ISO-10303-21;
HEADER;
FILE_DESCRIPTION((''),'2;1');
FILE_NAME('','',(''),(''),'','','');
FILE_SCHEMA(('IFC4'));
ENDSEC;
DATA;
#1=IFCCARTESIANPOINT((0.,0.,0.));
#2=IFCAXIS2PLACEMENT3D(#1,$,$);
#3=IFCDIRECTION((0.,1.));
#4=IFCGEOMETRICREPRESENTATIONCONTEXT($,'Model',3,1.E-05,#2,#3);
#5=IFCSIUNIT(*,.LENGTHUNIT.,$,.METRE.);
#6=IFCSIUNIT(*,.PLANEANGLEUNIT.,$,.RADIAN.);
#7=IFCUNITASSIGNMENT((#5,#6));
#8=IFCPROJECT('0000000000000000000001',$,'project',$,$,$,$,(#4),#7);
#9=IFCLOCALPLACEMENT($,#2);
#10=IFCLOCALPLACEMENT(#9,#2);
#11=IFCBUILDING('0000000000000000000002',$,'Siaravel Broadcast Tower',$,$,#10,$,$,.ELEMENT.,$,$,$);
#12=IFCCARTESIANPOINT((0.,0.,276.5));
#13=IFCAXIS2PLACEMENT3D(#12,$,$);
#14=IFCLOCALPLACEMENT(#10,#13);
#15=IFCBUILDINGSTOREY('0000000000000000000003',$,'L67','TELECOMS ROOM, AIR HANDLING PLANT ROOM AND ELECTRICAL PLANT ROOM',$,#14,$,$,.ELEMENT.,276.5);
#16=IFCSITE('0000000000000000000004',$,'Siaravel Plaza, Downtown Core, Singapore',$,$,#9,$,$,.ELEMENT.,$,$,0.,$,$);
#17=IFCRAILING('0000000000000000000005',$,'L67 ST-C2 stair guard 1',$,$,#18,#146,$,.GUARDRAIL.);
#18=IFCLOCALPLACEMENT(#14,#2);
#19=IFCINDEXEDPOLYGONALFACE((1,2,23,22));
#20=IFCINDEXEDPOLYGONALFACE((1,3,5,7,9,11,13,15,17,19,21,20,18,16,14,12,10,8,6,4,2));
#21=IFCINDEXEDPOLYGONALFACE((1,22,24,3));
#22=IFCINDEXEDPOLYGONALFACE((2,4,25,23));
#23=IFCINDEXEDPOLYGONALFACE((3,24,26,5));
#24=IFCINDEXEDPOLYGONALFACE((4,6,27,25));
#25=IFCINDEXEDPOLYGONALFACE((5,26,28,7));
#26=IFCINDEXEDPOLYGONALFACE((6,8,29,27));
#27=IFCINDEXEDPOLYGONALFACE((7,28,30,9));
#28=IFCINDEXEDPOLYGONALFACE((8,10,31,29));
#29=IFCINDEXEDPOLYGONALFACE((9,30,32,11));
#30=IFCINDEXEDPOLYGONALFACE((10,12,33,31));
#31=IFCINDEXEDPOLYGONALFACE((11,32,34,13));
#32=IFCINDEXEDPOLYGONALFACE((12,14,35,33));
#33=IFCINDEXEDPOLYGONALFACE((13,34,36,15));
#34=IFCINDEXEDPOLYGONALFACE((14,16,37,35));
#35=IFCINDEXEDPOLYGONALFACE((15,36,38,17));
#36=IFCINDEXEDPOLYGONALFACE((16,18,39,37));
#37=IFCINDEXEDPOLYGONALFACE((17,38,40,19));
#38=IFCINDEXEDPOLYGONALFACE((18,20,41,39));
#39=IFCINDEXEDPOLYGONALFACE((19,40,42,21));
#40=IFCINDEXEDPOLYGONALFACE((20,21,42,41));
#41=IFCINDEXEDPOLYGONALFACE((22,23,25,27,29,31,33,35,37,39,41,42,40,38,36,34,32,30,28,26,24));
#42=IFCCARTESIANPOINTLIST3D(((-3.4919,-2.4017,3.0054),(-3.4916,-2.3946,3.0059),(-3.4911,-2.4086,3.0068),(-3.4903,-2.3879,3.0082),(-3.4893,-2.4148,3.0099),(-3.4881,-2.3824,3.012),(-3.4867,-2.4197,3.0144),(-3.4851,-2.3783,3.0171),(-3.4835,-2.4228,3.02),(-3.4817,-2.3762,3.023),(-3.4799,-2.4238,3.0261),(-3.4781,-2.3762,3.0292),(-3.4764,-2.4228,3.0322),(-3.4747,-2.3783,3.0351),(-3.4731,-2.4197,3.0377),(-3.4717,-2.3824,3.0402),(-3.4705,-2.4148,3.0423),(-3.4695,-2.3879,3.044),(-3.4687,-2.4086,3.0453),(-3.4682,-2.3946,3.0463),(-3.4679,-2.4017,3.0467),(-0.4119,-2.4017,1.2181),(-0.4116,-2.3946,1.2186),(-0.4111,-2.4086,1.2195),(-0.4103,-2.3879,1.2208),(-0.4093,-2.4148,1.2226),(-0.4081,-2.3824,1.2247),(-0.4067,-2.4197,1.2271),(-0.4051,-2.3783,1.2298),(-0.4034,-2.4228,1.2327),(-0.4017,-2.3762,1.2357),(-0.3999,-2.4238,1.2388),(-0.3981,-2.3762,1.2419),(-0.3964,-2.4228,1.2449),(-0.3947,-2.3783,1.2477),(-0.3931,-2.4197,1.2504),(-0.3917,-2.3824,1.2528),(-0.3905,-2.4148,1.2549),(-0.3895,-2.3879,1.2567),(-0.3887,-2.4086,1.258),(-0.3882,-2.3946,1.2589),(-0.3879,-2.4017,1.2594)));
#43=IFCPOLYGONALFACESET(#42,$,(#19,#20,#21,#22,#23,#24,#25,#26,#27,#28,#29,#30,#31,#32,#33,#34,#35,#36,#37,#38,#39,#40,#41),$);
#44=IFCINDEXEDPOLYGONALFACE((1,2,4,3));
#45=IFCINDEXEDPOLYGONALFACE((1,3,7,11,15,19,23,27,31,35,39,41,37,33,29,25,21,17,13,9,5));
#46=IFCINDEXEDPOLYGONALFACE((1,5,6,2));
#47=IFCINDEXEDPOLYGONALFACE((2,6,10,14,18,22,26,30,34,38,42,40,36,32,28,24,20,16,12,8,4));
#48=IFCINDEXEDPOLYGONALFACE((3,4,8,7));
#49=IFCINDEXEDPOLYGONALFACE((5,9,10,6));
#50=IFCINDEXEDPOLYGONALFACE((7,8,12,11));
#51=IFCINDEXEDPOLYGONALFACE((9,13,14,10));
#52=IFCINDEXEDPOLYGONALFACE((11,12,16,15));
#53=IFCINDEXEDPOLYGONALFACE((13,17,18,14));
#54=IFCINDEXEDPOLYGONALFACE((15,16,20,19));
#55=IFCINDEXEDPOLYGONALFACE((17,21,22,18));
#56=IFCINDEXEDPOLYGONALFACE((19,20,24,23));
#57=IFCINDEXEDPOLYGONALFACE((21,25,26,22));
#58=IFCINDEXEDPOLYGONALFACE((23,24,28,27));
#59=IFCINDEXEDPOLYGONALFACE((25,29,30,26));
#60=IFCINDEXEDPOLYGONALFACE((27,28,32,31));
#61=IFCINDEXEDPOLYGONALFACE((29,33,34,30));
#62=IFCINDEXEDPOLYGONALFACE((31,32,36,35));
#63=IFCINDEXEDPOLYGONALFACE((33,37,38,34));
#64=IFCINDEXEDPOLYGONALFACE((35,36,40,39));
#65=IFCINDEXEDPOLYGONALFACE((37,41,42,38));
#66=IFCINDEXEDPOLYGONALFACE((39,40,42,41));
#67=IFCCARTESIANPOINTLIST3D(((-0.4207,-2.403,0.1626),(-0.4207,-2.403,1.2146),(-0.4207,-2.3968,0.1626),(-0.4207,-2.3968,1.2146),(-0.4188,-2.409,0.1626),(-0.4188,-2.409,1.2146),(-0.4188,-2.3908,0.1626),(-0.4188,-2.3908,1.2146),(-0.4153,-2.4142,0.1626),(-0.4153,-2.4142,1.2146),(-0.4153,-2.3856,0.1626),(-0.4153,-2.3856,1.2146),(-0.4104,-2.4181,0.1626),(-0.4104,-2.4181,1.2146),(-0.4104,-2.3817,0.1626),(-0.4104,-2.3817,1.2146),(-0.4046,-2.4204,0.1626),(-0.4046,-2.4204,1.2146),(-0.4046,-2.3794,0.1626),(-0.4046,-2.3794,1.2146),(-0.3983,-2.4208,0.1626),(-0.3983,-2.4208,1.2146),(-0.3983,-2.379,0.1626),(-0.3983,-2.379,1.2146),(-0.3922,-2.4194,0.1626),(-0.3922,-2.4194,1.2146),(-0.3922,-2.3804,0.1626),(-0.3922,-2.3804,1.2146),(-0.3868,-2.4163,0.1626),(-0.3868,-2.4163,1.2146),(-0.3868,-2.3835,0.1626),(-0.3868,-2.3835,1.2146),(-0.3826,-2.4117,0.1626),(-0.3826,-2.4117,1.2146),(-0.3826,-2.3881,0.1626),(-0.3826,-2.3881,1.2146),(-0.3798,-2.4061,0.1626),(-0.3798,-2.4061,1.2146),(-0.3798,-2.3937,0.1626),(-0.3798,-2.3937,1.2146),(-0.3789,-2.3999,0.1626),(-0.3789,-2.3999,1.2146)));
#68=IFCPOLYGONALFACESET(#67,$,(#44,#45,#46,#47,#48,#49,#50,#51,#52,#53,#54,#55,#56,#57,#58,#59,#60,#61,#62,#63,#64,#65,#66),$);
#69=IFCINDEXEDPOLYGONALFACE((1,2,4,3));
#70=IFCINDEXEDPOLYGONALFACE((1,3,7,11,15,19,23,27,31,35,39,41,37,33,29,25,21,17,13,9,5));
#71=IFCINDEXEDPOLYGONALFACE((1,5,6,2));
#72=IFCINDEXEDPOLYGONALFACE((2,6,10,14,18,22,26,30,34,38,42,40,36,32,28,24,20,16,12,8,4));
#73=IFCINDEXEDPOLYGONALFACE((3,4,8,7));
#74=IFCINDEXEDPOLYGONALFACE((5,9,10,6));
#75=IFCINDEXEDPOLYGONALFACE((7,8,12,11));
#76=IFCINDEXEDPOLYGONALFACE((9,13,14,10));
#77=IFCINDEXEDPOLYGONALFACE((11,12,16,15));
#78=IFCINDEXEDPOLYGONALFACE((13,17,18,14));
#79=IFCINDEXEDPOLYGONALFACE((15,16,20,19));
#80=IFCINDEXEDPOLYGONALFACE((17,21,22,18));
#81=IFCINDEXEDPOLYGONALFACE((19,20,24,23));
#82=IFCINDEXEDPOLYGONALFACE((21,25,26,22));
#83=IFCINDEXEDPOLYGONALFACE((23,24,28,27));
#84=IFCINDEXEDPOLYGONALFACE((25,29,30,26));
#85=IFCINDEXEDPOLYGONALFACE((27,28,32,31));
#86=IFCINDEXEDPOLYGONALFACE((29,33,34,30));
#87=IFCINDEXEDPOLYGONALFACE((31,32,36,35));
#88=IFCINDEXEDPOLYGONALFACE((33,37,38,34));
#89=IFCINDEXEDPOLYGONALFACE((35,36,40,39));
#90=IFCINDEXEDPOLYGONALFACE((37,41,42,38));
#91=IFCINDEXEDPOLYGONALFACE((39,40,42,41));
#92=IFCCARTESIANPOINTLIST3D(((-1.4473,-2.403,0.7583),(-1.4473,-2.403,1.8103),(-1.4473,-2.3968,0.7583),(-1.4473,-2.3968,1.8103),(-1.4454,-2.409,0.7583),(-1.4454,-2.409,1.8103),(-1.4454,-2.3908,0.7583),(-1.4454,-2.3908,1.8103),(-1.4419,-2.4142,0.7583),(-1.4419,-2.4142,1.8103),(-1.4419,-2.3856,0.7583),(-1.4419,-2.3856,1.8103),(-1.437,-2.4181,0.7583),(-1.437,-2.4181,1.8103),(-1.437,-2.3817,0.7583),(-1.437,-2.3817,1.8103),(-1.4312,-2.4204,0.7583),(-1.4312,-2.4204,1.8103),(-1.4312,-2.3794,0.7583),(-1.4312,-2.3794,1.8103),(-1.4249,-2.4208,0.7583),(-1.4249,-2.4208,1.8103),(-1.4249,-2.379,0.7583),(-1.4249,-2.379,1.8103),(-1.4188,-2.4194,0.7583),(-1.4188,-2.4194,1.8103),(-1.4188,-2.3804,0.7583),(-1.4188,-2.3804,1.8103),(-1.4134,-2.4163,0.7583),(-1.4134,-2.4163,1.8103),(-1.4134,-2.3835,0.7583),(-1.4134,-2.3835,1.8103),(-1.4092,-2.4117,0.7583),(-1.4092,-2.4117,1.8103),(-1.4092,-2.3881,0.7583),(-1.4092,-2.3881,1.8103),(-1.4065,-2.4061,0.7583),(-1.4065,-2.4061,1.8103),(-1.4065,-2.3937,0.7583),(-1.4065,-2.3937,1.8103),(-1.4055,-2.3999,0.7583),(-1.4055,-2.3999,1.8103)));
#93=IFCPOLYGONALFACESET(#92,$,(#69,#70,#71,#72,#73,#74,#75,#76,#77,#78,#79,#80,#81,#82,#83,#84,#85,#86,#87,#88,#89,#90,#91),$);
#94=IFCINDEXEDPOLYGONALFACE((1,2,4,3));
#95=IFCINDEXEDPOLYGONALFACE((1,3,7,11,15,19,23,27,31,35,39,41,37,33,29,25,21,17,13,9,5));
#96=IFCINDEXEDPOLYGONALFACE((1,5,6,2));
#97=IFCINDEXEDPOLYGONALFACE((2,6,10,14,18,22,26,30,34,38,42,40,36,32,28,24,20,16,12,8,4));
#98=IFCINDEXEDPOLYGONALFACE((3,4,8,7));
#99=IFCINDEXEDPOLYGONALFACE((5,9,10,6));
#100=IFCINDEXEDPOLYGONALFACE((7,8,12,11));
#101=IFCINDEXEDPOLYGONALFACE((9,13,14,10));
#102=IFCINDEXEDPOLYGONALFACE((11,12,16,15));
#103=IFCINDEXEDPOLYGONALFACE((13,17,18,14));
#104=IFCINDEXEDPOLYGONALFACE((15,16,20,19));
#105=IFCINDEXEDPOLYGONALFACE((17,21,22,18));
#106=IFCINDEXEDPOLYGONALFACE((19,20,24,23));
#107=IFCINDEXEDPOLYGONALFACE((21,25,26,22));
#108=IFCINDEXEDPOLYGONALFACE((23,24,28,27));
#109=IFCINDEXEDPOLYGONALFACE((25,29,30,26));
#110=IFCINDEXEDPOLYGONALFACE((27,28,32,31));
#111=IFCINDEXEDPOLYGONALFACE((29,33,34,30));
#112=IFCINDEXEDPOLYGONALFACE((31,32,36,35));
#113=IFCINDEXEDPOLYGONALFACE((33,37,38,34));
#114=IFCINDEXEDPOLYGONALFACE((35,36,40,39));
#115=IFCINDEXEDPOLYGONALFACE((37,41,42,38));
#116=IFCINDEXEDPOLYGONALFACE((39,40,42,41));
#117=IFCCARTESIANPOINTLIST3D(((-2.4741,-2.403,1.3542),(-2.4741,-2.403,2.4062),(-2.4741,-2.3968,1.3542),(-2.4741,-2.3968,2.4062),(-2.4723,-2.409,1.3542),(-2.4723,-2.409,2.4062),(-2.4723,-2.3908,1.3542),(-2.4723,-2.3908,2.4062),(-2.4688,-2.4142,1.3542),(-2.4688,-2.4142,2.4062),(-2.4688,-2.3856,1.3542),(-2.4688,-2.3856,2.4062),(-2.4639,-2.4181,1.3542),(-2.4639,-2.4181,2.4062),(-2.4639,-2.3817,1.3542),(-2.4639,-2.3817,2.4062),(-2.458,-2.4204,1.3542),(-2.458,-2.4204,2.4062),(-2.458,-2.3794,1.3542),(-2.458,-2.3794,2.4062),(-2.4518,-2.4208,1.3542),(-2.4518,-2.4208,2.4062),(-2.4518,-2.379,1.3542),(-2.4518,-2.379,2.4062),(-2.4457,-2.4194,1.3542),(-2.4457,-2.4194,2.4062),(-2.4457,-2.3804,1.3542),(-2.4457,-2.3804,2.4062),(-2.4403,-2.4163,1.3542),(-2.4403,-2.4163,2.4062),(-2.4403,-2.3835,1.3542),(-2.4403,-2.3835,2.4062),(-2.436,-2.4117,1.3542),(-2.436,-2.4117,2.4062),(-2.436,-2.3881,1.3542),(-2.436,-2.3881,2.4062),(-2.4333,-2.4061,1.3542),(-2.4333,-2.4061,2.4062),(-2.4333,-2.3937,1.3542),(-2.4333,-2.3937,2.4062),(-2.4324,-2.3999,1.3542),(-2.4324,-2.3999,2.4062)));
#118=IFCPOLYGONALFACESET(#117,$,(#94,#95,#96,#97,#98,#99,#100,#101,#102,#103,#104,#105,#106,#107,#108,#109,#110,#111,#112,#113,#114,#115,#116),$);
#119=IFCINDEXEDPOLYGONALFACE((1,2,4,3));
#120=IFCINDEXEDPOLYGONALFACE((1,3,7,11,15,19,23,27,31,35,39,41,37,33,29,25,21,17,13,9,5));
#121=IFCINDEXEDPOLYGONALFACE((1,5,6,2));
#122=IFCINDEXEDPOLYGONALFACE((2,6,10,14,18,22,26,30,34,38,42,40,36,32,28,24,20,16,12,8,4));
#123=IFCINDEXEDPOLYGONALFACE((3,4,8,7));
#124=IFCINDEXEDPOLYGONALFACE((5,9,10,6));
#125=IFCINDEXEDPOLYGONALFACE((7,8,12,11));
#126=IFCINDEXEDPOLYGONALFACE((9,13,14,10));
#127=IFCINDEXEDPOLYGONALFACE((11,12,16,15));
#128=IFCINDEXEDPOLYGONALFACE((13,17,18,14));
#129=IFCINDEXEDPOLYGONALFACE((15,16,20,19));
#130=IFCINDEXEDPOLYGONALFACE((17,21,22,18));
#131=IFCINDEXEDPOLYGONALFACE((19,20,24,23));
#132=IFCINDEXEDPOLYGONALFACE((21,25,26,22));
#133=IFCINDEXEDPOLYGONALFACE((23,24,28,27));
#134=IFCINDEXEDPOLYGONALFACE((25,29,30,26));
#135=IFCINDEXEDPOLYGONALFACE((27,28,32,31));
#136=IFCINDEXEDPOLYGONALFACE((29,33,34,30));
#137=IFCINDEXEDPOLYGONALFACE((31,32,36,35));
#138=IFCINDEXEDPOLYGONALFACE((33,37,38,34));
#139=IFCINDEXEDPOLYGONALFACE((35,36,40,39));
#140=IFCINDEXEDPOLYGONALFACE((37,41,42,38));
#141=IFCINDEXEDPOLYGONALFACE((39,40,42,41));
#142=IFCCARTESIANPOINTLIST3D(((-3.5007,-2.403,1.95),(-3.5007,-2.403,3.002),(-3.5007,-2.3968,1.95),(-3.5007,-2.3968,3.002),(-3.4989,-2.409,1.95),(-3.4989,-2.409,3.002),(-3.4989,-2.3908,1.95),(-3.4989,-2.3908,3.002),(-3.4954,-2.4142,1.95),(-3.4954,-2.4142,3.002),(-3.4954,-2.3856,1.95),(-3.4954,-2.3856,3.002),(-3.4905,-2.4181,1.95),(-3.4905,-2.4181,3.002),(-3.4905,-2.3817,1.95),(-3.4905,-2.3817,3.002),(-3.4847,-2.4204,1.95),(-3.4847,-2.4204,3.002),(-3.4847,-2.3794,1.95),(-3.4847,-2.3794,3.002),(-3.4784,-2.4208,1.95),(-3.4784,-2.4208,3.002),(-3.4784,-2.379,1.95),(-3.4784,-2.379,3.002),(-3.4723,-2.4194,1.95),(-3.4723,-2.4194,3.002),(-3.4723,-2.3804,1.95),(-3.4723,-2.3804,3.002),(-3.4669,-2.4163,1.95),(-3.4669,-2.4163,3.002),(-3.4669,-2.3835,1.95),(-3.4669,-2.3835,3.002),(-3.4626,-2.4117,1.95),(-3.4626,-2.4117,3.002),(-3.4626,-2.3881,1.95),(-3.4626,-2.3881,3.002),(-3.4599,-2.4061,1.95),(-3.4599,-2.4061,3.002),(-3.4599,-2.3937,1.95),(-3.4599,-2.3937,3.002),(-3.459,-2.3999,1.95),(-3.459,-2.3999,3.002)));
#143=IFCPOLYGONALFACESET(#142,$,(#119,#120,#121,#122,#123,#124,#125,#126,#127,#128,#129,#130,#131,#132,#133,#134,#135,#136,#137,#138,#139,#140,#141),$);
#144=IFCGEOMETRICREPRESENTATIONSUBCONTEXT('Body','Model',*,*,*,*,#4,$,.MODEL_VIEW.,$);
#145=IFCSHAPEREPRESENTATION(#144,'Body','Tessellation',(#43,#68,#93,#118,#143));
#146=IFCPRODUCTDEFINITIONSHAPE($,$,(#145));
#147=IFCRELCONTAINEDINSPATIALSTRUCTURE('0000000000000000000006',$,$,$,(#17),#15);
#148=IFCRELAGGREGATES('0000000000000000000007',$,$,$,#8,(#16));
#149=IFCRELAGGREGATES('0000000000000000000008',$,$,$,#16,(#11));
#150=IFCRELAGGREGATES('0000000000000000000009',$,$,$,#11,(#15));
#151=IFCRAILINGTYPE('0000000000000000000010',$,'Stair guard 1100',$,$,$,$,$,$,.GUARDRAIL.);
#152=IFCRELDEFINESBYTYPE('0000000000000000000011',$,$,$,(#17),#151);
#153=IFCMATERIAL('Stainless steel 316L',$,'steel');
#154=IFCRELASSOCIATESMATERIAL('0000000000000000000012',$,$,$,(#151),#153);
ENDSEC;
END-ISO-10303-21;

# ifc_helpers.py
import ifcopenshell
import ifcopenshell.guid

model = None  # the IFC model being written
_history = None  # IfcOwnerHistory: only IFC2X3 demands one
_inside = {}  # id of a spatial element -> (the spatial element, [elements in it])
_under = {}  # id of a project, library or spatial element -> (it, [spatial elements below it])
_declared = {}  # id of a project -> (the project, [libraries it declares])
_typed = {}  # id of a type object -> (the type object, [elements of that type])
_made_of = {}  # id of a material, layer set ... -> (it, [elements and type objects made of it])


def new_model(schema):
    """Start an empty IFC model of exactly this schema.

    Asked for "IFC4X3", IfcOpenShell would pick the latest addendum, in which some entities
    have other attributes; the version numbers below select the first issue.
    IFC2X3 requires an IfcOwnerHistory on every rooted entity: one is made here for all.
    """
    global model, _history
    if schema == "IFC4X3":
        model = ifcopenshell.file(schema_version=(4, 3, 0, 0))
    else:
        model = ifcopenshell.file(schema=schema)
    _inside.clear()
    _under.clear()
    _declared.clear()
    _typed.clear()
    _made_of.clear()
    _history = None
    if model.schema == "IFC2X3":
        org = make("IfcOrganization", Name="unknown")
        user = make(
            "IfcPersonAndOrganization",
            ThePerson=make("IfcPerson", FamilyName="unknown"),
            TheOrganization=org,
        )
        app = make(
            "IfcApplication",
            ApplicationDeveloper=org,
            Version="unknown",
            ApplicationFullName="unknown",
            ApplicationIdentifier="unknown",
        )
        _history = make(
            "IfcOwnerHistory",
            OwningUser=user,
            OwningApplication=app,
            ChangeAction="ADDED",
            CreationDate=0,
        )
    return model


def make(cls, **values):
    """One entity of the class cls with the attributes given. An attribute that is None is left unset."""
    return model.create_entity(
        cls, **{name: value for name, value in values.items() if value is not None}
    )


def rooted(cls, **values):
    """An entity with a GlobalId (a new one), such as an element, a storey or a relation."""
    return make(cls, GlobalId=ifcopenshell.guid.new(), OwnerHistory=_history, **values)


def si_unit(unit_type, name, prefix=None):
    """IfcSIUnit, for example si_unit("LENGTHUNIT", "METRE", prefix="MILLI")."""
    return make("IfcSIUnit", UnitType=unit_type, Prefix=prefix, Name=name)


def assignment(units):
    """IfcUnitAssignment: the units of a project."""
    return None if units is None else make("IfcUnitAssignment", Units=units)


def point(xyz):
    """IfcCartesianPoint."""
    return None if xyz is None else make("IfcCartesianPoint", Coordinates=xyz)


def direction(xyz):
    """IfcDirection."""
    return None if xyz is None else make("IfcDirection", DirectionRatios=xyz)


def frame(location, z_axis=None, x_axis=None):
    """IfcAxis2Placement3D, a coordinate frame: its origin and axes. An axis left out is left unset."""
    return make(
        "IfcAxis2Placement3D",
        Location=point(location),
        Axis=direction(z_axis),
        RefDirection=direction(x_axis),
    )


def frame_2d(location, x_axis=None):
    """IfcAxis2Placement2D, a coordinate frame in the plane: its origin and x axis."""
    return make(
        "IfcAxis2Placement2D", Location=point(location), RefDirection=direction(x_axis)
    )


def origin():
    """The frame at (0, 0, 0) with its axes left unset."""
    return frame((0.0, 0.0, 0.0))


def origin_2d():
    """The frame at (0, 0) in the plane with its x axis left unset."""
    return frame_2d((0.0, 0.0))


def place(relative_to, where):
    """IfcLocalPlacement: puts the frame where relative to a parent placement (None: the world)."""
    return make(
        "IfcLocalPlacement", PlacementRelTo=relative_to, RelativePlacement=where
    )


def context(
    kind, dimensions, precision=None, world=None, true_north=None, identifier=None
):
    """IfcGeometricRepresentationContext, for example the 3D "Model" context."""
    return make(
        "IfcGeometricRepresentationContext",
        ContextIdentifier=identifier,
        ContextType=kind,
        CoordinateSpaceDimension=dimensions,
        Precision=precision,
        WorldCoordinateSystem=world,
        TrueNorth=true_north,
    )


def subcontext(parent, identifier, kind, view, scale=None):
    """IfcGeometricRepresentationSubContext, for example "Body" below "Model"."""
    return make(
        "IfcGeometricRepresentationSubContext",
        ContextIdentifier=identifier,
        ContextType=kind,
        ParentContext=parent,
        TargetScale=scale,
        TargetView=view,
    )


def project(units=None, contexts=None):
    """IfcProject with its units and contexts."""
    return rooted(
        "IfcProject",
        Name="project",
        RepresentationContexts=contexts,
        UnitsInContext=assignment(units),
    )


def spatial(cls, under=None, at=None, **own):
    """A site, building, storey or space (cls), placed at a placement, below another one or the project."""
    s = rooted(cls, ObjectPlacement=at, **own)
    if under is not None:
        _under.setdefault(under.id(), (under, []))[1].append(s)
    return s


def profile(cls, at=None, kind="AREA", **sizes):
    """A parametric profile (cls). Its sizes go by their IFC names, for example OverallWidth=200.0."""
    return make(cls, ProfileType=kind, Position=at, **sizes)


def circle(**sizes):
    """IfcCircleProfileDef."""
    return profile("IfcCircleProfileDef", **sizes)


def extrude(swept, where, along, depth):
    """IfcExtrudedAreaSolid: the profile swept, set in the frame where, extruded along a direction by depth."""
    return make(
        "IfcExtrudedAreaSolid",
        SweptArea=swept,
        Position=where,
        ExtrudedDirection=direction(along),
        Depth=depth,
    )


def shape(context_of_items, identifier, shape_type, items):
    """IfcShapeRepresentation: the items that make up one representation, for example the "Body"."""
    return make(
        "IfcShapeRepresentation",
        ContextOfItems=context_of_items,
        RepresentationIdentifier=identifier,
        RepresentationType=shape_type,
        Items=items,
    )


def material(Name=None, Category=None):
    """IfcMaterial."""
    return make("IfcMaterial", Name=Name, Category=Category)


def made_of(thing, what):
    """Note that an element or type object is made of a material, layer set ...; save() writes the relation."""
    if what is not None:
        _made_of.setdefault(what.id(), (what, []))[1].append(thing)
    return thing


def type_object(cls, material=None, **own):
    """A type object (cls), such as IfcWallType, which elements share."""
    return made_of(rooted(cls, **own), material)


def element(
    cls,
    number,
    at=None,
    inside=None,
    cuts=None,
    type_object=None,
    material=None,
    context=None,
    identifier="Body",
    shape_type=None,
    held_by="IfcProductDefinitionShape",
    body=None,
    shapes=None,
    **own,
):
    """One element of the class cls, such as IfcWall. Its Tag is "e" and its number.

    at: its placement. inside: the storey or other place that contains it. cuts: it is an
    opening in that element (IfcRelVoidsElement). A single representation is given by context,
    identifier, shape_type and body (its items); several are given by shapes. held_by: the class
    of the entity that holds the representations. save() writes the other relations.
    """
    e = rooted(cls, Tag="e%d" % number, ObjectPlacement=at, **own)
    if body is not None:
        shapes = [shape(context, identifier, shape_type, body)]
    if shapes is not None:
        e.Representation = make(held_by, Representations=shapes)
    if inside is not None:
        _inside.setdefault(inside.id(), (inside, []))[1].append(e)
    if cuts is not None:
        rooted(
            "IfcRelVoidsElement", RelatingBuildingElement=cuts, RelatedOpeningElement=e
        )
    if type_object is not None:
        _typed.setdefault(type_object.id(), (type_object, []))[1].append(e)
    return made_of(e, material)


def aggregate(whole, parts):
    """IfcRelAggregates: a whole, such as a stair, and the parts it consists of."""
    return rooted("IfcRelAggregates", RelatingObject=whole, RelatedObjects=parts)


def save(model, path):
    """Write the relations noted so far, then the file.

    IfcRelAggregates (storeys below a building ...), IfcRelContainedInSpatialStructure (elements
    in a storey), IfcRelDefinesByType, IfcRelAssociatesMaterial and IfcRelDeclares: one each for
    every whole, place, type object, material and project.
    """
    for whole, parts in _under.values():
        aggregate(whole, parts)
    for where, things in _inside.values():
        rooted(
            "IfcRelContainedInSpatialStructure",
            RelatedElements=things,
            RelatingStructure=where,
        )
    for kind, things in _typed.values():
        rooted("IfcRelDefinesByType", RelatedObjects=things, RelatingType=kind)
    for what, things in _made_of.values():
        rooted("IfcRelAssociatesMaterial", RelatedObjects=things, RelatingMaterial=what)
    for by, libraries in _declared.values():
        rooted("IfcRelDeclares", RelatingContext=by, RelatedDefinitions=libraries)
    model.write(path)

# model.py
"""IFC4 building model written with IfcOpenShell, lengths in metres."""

from ifc_helpers import new_model, si_unit, direction, frame, origin, origin_2d, place, context, subcontext, project, spatial, circle, extrude, material, type_object, element, save


model = new_model("IFC4")

# Units and contexts
model_context = context("Model", 3, precision=1e-05, world=origin(), true_north=direction((0.0, 1.0)))
body_context = subcontext(model_context, "Body", "Model", "MODEL_VIEW")
ifc_project = project(units=[si_unit("LENGTHUNIT", "METRE"), si_unit("PLANEANGLEUNIT", "RADIAN")], contexts=[model_context])

# Site, building, storey
site_placement = place(None, origin())
site = spatial("IfcSite", under=ifc_project, at=site_placement, Name="Siaravel Plaza, Downtown Core, Singapore", CompositionType="ELEMENT", RefElevation=0.0)
building_placement = place(site_placement, origin())
building = spatial("IfcBuilding", under=site, at=building_placement, Name="Siaravel Broadcast Tower", CompositionType="ELEMENT")
storey_placement = place(building_placement, frame((0.0, 0.0, 276.5)))
storey = spatial("IfcBuildingStorey", under=building, at=storey_placement, Name="L67", Description="TELECOMS ROOM, AIR HANDLING PLANT ROOM AND ELECTRICAL PLANT ROOM", CompositionType="ELEMENT", Elevation=276.5)

# Shared definitions
ifc_material_1 = material(Name="Stainless steel 316L", Category="steel")

# Railing
railing_type_1 = type_object("IfcRailingType", Name="Stair guard 1100", PredefinedType="GUARDRAIL", material=ifc_material_1)
railing_1_placement = place(storey_placement, frame((-0.3999, -2.3999, 0.1626)))
element("IfcRailing", 1, at=railing_1_placement, inside=storey, type_object=railing_type_1, Name="L67 ST-C2 stair guard 1", PredefinedType="GUARDRAIL", context=body_context, shape_type="SweptSolid", body=[
    extrude(circle(Radius=0.0239, at=origin_2d()), frame((0.0, 0.0, 1.0762), z_axis=(-0.86492, 0.0, 0.501909), x_axis=(0.0, -1.0, 0.0)), (0.0, 0.0, 1.0), 3.561),
    extrude(circle(Radius=0.021, at=origin_2d()), origin(), (0.0, 0.0, 1.0), 1.052),
    extrude(circle(Radius=0.021, at=origin_2d()), frame((-1.0266, 0.0, 0.5957)), (0.0, 0.0, 1.0), 1.052),
    extrude(circle(Radius=0.021, at=origin_2d()), frame((-2.0535, 0.0, 1.1917)), (0.0, 0.0, 1.0), 1.052),
    extrude(circle(Radius=0.021, at=origin_2d()), frame((-3.0801, 0.0, 1.7874)), (0.0, 0.0, 1.0), 1.052),
])

save(model, "model.ifc")
